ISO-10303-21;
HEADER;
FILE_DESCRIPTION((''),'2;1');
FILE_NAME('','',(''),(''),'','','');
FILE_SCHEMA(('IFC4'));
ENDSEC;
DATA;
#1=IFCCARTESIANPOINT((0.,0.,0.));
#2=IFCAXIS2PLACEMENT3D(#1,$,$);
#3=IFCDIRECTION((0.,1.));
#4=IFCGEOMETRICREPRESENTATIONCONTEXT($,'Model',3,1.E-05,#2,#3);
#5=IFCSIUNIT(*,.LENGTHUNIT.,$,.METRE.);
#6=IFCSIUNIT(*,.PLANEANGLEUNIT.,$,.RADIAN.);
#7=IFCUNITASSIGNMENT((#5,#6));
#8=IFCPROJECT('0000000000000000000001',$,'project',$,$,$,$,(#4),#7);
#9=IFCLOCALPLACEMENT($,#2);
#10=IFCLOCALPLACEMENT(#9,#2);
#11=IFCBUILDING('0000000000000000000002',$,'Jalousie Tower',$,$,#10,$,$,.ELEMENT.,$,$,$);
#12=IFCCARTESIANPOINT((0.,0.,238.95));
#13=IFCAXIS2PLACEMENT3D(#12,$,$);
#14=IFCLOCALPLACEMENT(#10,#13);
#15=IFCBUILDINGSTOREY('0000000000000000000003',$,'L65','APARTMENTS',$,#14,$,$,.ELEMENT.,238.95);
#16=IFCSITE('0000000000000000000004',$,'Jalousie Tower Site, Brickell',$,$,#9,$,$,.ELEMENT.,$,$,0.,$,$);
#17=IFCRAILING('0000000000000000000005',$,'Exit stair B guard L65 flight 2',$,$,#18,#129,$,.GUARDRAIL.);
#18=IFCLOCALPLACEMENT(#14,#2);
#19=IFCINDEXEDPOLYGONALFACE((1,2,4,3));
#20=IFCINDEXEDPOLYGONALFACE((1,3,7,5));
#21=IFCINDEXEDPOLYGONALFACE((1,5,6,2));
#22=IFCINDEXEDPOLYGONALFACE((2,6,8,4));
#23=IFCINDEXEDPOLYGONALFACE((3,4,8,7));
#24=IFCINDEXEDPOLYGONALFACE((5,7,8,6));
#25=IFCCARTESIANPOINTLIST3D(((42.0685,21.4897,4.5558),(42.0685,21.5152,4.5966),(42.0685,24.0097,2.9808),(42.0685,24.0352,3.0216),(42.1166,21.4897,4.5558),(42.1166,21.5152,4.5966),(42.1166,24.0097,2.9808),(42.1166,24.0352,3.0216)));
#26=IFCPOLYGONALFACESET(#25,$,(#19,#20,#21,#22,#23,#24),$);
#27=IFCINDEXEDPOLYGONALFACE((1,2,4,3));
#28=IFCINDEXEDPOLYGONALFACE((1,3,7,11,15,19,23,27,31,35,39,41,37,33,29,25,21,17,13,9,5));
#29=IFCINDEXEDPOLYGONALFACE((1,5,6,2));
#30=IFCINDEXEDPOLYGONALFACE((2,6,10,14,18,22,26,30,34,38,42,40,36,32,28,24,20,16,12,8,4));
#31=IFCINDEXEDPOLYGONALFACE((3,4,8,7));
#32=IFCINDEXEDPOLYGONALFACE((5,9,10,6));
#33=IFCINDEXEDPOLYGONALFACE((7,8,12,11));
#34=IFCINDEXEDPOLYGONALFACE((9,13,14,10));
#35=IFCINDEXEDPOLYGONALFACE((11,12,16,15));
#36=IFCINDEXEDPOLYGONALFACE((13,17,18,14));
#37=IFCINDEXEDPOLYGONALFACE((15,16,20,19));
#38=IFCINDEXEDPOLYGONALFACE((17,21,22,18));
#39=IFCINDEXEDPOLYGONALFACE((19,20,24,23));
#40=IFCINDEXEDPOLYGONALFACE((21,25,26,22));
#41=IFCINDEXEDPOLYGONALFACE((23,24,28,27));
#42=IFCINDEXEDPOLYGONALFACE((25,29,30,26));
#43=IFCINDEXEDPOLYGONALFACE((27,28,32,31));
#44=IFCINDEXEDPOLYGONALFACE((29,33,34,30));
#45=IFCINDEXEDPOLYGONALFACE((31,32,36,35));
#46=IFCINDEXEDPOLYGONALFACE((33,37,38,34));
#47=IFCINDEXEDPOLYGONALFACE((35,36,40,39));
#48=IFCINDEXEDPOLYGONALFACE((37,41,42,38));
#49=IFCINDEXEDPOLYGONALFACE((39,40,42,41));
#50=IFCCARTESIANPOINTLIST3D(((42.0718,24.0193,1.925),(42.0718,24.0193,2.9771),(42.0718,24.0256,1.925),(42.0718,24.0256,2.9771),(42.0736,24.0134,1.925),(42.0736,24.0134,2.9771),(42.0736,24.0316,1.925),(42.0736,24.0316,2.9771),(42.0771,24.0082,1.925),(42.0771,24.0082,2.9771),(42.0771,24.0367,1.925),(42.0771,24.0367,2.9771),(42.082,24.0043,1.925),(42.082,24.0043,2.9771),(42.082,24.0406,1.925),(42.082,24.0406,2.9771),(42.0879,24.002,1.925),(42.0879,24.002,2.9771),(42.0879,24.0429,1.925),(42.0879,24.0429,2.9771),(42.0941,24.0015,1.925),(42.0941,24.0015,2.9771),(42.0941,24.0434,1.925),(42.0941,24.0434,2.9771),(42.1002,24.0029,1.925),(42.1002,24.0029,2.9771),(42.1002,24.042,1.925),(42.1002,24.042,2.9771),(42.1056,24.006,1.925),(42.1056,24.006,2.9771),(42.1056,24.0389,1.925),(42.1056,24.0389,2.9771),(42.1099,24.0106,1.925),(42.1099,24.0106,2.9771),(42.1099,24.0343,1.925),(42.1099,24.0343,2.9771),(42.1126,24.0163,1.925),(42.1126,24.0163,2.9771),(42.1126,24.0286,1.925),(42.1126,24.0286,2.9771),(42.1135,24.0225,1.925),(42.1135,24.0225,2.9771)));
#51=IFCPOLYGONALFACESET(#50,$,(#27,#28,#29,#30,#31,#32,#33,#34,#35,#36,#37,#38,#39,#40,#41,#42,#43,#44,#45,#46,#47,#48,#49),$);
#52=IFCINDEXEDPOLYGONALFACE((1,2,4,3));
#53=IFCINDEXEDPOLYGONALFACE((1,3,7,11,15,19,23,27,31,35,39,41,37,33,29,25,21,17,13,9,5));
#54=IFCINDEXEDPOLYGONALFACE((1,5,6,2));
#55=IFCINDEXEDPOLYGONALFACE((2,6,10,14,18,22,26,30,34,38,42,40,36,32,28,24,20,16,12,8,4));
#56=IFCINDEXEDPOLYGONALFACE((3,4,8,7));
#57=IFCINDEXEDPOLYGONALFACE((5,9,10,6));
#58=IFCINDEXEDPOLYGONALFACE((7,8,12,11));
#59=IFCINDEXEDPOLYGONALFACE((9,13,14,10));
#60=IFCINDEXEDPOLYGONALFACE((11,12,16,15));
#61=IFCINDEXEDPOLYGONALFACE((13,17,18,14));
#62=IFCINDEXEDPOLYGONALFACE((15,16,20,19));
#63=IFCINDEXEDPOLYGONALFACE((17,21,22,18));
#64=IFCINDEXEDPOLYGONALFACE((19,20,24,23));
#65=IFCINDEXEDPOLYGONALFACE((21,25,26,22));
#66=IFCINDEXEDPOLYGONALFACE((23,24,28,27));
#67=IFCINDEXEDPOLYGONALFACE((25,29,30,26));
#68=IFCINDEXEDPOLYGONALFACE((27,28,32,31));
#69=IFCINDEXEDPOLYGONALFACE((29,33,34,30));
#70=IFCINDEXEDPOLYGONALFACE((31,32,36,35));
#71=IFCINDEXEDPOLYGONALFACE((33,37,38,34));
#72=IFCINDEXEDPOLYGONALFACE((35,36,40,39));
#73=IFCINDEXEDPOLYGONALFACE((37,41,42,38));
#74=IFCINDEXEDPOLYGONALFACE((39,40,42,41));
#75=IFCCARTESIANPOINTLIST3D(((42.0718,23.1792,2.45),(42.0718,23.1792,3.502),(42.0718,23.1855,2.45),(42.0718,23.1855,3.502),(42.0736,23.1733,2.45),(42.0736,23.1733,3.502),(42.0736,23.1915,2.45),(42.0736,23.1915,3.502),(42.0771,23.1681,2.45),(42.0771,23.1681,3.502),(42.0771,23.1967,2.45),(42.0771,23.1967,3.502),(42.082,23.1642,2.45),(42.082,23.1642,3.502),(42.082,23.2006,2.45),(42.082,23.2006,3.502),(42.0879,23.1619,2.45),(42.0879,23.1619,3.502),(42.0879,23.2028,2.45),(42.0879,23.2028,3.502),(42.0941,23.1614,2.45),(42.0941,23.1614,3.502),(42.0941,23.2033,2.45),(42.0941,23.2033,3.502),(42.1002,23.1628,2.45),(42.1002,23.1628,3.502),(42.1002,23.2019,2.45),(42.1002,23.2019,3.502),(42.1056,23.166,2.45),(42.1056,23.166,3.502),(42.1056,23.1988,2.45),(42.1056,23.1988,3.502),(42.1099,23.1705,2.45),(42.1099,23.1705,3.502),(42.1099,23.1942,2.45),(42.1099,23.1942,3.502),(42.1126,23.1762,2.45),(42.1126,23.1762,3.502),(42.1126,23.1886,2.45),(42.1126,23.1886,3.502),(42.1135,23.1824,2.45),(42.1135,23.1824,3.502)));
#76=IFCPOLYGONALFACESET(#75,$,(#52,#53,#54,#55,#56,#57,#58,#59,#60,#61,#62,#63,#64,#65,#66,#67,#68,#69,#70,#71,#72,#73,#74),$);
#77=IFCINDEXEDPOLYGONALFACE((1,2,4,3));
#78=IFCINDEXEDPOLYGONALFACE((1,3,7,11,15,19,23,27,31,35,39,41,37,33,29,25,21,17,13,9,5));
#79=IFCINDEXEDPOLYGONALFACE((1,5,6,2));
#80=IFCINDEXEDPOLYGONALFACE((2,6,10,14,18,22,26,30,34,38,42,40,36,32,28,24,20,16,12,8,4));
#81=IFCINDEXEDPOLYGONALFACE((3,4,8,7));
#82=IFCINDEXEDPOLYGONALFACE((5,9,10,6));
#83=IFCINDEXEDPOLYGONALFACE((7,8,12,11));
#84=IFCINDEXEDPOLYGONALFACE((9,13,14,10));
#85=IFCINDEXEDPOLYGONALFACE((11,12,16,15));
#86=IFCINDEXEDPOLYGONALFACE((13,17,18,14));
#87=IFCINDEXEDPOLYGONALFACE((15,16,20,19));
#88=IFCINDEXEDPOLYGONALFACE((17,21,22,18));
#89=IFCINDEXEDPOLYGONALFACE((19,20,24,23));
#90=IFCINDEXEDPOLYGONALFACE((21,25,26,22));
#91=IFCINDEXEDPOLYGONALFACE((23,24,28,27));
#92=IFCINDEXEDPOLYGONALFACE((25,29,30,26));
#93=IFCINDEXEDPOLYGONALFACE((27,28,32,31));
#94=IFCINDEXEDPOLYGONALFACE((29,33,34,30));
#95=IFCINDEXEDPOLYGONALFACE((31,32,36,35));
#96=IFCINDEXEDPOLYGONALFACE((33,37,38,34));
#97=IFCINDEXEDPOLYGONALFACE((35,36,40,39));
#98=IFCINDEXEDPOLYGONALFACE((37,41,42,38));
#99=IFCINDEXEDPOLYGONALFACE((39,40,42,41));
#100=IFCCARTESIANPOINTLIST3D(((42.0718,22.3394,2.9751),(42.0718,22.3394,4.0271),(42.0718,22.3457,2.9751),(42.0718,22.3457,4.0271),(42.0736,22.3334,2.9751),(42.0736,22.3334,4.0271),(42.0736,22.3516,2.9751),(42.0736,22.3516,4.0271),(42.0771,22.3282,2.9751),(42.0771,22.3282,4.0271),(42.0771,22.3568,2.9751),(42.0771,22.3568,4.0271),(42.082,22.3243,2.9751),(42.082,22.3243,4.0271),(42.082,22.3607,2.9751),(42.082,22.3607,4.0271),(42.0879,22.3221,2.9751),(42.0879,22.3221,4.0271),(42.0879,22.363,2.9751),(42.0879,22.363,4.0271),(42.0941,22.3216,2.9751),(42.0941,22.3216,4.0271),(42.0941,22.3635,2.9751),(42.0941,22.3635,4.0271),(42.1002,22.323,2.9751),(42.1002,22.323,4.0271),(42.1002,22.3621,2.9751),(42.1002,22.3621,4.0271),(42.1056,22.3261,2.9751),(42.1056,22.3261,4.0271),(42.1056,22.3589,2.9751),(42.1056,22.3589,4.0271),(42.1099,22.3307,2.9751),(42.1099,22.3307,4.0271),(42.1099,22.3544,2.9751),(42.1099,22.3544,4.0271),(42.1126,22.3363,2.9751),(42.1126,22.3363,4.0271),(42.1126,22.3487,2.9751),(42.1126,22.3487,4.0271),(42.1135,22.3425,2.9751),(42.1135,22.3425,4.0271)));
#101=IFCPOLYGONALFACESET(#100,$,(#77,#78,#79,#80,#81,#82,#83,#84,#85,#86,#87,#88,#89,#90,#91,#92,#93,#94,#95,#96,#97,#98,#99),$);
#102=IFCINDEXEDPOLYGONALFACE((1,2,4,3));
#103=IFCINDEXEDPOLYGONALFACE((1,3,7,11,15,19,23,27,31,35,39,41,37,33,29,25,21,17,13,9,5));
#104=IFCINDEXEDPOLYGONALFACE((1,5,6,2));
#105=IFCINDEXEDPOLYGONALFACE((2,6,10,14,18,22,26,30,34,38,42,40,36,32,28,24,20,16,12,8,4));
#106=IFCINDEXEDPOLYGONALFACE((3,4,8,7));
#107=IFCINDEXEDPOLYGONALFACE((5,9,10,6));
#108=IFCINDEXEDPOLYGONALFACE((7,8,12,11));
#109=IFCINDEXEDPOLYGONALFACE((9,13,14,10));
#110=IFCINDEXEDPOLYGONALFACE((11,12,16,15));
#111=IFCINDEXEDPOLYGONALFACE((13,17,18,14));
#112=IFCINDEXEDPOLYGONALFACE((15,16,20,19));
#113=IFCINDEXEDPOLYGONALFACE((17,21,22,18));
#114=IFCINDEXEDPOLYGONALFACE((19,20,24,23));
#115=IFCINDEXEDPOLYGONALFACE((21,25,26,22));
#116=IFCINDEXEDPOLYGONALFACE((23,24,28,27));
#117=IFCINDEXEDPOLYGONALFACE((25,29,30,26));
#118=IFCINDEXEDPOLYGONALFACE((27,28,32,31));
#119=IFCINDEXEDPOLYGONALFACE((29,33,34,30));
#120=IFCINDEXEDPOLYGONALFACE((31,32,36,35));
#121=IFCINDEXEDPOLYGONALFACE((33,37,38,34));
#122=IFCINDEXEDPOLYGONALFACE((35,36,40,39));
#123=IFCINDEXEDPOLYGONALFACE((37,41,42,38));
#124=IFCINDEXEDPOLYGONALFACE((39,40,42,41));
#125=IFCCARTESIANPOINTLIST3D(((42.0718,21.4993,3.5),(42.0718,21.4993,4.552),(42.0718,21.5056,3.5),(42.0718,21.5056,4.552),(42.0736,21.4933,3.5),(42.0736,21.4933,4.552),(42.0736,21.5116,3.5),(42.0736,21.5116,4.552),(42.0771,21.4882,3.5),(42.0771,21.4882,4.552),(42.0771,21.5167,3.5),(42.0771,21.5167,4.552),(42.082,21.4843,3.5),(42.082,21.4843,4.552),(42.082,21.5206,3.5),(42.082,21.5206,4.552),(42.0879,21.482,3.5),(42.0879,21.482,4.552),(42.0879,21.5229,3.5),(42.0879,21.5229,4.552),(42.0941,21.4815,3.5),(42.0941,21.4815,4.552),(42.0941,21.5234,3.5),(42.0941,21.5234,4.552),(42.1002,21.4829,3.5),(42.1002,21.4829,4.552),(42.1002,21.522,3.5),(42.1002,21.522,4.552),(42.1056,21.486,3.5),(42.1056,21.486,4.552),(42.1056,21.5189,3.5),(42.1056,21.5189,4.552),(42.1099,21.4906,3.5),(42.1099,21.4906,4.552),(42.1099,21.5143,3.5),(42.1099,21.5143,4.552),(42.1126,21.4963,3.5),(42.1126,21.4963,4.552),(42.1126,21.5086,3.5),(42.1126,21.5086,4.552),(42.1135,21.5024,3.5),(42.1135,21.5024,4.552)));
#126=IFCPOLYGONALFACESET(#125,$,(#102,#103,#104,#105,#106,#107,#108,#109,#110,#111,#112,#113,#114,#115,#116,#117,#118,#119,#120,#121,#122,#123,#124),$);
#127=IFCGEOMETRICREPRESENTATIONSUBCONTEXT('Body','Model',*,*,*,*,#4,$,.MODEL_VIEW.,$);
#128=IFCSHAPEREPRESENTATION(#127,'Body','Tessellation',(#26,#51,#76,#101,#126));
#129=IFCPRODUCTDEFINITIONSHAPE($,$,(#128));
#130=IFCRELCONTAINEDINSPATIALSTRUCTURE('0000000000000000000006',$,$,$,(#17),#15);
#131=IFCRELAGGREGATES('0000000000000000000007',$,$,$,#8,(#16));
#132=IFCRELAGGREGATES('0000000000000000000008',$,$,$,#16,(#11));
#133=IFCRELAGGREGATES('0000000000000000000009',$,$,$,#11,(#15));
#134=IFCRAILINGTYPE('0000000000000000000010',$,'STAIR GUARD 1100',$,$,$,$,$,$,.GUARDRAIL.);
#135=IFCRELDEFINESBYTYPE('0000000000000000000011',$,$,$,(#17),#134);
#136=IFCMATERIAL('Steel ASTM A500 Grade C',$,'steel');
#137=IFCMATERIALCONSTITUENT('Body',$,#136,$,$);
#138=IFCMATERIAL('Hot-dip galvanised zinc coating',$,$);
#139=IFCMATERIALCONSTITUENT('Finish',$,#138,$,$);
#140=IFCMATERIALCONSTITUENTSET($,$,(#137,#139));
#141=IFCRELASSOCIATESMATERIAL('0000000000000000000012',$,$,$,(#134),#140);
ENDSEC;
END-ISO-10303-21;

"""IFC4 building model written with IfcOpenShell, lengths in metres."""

from ifc_helpers import new_model, si_unit, direction, frame, origin, origin_2d, place, context, subcontext, project, spatial, rectangle, circle, extrude, material, constituent, constituent_set, type_object, element, save


model = new_model("IFC4")

# Units and contexts
model_context = context("Model", 3, precision=1e-05, world=origin(), true_north=direction((0.0, 1.0)))
body_context = subcontext(model_context, "Body", "Model", "MODEL_VIEW")
ifc_project = project(units=[si_unit("LENGTHUNIT", "METRE"), si_unit("PLANEANGLEUNIT", "RADIAN")], contexts=[model_context])

# Site, building, storey
site_placement = place(None, origin())
site = spatial("IfcSite", under=ifc_project, at=site_placement, Name="Jalousie Tower Site, Brickell", CompositionType="ELEMENT", RefElevation=0.0)
building_placement = place(site_placement, origin())
building = spatial("IfcBuilding", under=site, at=building_placement, Name="Jalousie Tower", CompositionType="ELEMENT")
storey_placement = place(building_placement, frame((0.0, 0.0, 238.95)))
storey = spatial("IfcBuildingStorey", under=building, at=storey_placement, Name="L65", Description="APARTMENTS", CompositionType="ELEMENT", Elevation=238.95)

# Railing
ifc_material_1 = material(Name="Steel ASTM A500 Grade C", Category="steel")
ifc_constituent_1 = constituent(ifc_material_1, Name="Body")
ifc_material_2 = material(Name="Hot-dip galvanised zinc coating")
ifc_constituent_2 = constituent(ifc_material_2, Name="Finish")
ifc_constituent_set_1 = constituent_set(constituents=[ifc_constituent_1, ifc_constituent_2])
railing_type_1 = type_object("IfcRailingType", Name="STAIR GUARD 1100", PredefinedType="GUARDRAIL", material=ifc_constituent_set_1)
railing_1_placement = place(storey_placement, frame((42.0925, 24.0225, 1.925)))
element("IfcRailing", 1, at=railing_1_placement, inside=storey, type_object=railing_type_1, Name="Exit stair B guard L65 flight 2", PredefinedType="GUARDRAIL", context=body_context, shape_type="SweptSolid", body=[
    extrude(rectangle(XDim=0.0481, YDim=0.0481, at=origin_2d()), frame((0.0, 0.0, 1.0762), z_axis=(0.0, -0.848008, 0.529984), x_axis=(1.0, 0.0, 0.0)), (0.0, 0.0, 1.0), 2.9717),
    extrude(circle(Radius=0.021, at=origin_2d()), origin(), (0.0, 0.0, 1.0), 1.052),
    extrude(circle(Radius=0.021, at=origin_2d()), frame((0.0, -0.8401, 0.5249)), (0.0, 0.0, 1.0), 1.052),
    extrude(circle(Radius=0.021, at=origin_2d()), frame((0.0, -1.6799, 1.05)), (0.0, 0.0, 1.0), 1.052),
    extrude(circle(Radius=0.021, at=origin_2d()), frame((0.0, -2.52, 1.575)), (0.0, 0.0, 1.0), 1.052),
])

save(model, "model.ifc")
